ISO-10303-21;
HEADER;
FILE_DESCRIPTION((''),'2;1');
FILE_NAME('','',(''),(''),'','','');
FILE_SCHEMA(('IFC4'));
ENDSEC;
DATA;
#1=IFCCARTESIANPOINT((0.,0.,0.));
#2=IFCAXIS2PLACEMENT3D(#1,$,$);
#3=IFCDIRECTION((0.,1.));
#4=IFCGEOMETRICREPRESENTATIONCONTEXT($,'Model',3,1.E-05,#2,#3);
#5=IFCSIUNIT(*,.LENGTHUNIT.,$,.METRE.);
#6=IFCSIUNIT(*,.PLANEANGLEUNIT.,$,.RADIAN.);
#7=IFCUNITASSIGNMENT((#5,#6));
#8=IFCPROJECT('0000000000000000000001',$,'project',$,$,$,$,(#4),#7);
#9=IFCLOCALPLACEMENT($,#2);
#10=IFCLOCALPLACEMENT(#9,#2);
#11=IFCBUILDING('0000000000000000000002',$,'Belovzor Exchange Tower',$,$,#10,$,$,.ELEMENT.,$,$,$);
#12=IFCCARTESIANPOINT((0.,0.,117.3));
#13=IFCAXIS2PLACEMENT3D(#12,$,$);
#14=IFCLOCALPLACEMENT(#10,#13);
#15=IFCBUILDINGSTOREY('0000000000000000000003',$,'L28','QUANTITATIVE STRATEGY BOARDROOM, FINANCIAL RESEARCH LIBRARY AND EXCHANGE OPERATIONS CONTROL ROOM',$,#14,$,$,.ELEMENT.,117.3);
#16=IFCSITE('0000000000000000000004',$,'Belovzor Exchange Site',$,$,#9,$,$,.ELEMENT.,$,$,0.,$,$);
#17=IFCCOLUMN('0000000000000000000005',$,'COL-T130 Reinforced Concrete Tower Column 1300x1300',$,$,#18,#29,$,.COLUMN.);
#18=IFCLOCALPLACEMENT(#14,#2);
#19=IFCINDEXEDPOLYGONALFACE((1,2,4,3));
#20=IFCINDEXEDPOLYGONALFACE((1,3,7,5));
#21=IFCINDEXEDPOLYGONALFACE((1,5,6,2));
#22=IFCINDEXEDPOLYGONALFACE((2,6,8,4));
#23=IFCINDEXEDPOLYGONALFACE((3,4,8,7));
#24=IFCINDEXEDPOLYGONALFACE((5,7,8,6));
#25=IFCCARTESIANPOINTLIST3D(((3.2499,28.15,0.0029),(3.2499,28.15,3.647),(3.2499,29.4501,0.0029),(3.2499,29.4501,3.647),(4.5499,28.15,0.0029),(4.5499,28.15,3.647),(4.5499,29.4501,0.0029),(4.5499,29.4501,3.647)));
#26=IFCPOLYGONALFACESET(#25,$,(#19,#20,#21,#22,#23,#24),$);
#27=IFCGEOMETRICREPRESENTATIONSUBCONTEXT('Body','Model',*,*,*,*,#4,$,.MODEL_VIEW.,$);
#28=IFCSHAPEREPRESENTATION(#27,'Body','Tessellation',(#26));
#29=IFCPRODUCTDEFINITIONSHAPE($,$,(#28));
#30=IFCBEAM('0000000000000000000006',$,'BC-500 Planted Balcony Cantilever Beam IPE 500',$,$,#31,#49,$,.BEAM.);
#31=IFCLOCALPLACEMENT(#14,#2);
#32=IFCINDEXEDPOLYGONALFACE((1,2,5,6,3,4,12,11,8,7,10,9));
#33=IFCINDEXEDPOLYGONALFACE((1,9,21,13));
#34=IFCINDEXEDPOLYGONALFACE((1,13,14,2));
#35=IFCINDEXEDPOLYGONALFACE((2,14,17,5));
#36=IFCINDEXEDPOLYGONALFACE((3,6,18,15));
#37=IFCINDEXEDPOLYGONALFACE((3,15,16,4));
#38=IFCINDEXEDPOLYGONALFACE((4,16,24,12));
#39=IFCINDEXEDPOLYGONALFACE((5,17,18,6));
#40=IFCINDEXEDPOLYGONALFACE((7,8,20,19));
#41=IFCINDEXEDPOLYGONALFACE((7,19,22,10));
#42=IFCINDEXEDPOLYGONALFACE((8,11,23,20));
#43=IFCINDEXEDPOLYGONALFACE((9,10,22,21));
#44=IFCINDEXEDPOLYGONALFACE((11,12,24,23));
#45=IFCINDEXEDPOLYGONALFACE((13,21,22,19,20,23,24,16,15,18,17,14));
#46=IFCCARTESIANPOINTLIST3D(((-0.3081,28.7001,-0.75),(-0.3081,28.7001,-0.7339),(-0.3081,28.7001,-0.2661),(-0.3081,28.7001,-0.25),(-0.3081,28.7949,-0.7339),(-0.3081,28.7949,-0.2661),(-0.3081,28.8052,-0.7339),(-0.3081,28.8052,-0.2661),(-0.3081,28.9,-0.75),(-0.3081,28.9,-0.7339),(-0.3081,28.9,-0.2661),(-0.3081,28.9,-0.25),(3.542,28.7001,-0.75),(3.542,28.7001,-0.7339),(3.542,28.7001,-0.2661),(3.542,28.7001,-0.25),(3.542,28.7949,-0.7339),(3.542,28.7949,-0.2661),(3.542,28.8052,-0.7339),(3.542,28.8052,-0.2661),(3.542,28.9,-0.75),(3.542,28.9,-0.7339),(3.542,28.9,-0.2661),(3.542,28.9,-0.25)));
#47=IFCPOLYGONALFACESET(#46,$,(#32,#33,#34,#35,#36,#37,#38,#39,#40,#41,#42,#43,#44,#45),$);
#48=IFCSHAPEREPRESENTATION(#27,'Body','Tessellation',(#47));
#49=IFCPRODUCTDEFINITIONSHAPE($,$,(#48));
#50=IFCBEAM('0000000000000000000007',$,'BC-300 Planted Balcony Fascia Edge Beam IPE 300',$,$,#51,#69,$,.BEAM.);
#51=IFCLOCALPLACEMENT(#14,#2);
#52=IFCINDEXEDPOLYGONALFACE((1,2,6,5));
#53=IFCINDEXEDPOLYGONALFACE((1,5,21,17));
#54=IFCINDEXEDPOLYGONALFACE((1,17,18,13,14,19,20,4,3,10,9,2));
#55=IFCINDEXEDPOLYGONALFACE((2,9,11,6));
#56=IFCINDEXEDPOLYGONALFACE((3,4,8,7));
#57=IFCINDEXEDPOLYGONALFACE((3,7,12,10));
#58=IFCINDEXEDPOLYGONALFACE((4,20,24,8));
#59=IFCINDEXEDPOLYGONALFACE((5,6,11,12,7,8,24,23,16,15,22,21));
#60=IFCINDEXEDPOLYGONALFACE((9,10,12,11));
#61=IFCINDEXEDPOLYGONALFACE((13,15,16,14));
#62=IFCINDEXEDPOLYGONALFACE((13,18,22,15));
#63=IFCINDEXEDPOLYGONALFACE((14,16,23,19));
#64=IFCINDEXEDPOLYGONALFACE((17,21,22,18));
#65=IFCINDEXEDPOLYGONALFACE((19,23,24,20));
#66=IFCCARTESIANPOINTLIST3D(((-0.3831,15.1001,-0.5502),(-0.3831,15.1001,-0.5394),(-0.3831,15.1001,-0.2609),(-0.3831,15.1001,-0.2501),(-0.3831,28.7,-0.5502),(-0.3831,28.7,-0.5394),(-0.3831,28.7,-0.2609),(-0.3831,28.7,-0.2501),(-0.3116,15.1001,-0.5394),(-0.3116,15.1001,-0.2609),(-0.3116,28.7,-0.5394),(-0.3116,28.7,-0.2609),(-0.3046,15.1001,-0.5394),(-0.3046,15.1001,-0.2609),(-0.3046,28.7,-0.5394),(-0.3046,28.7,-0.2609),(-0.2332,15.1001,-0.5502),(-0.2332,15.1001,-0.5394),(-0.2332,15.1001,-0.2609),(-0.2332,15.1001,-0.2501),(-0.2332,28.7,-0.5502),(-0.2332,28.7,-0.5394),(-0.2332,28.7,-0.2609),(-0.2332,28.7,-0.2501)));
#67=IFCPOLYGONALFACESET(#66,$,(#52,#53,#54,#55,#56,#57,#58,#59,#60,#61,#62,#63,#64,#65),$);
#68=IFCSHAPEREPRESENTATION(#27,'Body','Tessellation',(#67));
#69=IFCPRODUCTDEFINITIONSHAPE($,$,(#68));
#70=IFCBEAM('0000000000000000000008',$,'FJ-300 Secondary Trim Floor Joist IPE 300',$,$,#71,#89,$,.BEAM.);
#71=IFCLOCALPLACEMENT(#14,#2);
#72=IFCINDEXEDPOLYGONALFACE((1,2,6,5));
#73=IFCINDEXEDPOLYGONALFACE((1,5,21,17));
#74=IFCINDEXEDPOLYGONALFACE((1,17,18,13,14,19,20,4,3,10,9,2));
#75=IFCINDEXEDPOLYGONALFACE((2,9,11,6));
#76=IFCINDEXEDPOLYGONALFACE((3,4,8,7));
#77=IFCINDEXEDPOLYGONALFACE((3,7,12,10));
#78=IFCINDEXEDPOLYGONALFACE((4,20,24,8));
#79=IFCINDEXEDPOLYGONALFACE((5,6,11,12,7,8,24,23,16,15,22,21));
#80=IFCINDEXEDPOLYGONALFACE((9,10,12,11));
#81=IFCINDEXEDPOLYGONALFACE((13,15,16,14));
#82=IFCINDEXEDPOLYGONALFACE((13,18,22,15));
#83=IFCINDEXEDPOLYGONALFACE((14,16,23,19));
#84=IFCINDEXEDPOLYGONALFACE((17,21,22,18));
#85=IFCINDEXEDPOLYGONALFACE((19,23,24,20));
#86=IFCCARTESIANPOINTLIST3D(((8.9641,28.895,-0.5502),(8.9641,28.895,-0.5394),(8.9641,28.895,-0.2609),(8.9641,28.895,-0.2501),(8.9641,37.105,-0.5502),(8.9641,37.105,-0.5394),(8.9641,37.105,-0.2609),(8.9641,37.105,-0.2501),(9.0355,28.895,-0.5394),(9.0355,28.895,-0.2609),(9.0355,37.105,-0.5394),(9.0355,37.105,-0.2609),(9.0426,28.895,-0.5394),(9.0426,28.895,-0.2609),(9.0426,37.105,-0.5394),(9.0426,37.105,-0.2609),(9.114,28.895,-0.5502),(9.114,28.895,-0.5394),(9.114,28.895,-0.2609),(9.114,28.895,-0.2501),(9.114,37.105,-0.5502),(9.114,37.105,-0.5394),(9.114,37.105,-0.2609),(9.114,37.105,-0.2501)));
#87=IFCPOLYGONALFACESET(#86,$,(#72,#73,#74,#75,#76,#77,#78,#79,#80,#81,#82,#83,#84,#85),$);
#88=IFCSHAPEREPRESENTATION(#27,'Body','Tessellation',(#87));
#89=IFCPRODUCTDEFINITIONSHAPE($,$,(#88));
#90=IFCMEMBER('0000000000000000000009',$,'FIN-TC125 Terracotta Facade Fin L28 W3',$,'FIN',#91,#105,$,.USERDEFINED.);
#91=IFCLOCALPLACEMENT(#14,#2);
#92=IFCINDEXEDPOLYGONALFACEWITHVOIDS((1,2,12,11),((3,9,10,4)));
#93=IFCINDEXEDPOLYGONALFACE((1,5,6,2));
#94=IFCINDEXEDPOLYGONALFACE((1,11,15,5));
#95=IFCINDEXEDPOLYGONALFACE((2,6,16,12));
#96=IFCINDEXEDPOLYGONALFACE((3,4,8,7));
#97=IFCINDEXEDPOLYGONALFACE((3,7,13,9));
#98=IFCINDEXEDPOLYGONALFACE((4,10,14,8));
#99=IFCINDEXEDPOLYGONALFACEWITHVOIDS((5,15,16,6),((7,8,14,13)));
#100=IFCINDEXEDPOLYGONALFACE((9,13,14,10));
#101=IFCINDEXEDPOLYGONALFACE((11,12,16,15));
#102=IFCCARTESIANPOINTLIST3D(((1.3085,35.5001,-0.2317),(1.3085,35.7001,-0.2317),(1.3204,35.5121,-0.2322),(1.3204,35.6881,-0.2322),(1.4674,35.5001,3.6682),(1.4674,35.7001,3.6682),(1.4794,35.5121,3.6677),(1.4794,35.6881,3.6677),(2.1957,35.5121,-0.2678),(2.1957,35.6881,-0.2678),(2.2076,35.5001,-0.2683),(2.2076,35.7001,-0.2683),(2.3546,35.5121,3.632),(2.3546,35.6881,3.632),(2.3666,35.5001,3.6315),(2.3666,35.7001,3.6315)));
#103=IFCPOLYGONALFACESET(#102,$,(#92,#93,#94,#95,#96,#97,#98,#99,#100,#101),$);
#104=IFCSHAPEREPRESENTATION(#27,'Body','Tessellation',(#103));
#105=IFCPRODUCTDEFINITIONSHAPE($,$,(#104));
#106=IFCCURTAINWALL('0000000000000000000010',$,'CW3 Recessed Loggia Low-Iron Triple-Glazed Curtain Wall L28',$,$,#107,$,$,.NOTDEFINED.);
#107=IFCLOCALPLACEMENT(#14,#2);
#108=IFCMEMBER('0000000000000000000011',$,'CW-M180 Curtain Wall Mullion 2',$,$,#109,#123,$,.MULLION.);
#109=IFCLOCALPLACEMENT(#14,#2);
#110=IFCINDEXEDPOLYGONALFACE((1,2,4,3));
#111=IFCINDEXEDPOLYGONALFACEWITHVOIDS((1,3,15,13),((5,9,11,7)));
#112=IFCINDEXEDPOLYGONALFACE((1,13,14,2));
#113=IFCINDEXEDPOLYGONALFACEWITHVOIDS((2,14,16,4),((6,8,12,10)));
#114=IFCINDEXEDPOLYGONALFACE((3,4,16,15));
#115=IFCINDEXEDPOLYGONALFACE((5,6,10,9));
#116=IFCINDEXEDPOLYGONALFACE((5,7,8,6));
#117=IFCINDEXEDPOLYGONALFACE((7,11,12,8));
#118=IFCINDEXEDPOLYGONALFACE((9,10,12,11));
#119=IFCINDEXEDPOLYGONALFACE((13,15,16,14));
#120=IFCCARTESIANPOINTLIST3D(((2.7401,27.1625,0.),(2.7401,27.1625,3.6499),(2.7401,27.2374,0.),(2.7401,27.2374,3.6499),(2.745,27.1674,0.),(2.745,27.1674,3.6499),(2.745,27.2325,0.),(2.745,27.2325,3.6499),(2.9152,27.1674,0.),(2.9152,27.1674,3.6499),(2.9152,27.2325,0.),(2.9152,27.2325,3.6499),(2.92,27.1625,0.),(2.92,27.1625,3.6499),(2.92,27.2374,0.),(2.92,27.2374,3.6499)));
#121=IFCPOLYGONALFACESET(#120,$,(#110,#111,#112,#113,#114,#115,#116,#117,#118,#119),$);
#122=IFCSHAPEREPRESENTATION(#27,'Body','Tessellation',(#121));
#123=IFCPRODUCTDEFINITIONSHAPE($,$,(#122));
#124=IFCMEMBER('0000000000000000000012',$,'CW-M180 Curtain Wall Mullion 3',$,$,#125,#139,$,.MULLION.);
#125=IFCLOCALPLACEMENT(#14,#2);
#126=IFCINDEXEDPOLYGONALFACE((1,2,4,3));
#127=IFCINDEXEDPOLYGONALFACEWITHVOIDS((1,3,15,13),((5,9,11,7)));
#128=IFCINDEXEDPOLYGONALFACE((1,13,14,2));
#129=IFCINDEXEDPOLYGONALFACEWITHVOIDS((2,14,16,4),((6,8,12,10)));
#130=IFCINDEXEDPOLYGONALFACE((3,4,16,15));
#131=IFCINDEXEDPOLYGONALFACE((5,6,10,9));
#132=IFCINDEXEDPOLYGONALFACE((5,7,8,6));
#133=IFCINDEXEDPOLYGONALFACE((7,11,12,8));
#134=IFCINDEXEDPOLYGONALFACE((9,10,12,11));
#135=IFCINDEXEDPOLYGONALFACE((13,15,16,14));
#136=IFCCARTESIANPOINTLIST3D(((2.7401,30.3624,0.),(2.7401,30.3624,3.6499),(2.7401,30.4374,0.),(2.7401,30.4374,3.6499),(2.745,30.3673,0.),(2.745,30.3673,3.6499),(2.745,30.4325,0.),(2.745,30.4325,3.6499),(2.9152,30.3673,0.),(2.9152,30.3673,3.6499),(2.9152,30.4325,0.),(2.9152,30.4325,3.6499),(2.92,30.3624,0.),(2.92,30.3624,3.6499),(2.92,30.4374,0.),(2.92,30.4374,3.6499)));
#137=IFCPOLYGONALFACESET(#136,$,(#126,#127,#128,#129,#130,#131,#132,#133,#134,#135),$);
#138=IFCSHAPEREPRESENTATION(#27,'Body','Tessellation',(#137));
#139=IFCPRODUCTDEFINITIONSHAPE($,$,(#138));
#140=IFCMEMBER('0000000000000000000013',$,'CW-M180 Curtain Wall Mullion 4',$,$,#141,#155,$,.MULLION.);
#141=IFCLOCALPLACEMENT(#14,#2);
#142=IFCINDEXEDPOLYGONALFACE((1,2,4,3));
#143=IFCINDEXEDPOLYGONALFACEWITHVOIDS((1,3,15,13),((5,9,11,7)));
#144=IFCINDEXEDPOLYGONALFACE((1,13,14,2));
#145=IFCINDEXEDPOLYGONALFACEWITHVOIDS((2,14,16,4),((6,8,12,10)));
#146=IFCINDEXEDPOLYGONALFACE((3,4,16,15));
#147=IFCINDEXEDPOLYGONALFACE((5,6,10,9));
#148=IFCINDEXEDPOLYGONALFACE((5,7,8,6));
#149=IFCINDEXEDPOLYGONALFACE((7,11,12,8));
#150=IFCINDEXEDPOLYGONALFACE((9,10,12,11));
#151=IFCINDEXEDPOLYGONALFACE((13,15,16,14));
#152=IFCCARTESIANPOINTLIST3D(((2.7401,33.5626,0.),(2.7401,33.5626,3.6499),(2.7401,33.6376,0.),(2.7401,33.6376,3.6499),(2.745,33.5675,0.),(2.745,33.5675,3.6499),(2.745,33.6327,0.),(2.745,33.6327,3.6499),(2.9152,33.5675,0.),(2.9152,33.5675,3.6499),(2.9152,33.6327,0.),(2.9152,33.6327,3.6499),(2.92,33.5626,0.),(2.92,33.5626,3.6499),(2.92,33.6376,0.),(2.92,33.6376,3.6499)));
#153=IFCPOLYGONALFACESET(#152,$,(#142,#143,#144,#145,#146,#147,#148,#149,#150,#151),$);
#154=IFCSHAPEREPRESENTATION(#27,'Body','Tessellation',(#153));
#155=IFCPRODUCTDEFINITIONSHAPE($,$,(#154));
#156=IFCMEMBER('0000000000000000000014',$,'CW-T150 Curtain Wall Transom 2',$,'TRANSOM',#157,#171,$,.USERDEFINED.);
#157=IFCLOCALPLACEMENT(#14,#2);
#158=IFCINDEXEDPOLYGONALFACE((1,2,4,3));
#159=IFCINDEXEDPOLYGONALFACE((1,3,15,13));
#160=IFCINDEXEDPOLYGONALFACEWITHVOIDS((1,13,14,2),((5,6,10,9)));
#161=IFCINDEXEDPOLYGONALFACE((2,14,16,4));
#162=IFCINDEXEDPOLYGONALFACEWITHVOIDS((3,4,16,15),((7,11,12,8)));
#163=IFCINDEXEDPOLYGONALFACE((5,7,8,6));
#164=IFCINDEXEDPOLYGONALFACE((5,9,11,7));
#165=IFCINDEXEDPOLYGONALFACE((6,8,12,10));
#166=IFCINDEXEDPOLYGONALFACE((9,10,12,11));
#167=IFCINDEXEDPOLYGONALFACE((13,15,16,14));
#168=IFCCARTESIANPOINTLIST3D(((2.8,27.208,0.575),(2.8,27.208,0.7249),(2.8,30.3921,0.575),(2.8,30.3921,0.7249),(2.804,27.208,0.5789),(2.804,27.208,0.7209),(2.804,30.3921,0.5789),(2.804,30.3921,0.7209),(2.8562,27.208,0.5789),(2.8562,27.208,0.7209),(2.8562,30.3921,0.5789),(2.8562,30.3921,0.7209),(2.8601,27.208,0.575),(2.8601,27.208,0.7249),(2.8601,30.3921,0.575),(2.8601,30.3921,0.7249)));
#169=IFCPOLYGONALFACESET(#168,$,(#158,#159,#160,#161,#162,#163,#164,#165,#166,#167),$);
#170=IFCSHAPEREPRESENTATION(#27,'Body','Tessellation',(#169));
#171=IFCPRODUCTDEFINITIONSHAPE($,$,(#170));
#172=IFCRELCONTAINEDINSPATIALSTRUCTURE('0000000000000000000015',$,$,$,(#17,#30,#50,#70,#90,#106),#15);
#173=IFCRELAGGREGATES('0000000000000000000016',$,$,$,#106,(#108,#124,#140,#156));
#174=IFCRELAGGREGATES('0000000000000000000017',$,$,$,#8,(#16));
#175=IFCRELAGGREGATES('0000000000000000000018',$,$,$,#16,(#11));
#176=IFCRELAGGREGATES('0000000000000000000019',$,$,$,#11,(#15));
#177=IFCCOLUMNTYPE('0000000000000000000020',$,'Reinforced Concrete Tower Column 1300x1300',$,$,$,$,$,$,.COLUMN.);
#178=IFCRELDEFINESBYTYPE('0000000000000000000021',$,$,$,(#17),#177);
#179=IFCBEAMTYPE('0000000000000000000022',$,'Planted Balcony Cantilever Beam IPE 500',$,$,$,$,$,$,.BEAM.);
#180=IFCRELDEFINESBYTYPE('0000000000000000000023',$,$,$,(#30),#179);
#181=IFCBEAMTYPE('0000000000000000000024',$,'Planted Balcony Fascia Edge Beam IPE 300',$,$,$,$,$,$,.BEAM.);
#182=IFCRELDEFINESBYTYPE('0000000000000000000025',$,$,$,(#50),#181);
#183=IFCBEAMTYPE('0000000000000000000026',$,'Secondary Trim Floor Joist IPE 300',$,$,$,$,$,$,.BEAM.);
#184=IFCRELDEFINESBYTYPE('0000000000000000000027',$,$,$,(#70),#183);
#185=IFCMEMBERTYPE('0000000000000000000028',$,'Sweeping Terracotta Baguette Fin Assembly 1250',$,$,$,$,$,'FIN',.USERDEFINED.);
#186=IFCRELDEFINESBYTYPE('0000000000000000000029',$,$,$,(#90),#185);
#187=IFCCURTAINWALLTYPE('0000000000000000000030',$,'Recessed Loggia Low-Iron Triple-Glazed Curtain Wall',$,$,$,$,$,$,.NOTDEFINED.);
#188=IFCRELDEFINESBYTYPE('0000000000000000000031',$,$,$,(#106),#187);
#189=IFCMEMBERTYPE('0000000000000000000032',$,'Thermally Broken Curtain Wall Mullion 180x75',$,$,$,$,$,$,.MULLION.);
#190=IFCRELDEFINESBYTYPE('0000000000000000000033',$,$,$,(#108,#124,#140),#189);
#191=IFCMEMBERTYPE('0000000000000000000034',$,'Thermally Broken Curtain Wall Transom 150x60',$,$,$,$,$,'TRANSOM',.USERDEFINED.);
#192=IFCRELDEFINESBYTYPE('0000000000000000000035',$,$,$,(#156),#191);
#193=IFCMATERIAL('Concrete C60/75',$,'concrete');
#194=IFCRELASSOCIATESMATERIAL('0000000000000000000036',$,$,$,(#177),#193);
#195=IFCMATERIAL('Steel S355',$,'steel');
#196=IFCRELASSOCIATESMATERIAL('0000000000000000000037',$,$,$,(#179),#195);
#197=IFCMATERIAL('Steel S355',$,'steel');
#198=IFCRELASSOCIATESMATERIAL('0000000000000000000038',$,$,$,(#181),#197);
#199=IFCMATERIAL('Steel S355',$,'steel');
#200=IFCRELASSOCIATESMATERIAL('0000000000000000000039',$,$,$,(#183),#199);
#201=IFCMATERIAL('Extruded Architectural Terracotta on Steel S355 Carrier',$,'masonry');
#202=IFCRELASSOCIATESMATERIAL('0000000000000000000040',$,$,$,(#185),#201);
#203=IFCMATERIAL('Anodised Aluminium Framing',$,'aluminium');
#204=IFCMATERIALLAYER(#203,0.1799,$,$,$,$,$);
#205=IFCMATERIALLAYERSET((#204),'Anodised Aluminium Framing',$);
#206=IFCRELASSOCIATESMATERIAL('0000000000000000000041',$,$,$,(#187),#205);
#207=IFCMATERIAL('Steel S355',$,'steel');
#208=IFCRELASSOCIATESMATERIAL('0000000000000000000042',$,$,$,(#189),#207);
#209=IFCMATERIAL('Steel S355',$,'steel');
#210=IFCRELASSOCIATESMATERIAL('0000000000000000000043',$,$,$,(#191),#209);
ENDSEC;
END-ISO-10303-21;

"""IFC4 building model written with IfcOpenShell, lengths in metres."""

from ifc_helpers import new_model, si_unit, direction, frame, origin, origin_2d, place, context, subcontext, project, spatial, rectangle, hollow_rectangle, i_section, extrude, material, layer, layer_set, material_profile, profile_set, type_object, element, aggregate, save


model = new_model("IFC4")

# Units and contexts
model_context = context("Model", 3, precision=1e-05, world=origin(), true_north=direction((0.0, 1.0)))
body_context = subcontext(model_context, "Body", "Model", "MODEL_VIEW")
ifc_project = project(units=[si_unit("LENGTHUNIT", "METRE"), si_unit("PLANEANGLEUNIT", "RADIAN")], contexts=[model_context])

# Site, building, storey
site_placement = place(None, origin())
site = spatial("IfcSite", under=ifc_project, at=site_placement, Name="Belovzor Exchange Site", CompositionType="ELEMENT", RefElevation=0.0)
building_placement = place(site_placement, origin())
building = spatial("IfcBuilding", under=site, at=building_placement, Name="Belovzor Exchange Tower", CompositionType="ELEMENT")
storey_placement = place(building_placement, frame((0.0, 0.0, 117.3)))
storey = spatial("IfcBuildingStorey", under=building, at=storey_placement, Name="L28", Description="QUANTITATIVE STRATEGY BOARDROOM, FINANCIAL RESEARCH LIBRARY AND EXCHANGE OPERATIONS CONTROL ROOM", CompositionType="ELEMENT", Elevation=117.3)

# Column
ifc_material_1 = material(Name="Concrete C60/75", Category="concrete")
ifc_material_profile_1 = material_profile(ifc_material_1, rectangle(XDim=1.3, YDim=1.3, at=origin_2d()))
ifc_profile_set_1 = profile_set([ifc_material_profile_1], Name="Concrete C60/75")
column_type = type_object("IfcColumnType", Name="Reinforced Concrete Tower Column 1300x1300", PredefinedType="COLUMN", material=ifc_profile_set_1)
column_placement = place(storey_placement, frame((3.8999, 28.8, 0.0029), z_axis=(0.0, 0.0, 1.0), x_axis=(1.0, 0.0, 0.0)))
element("IfcColumn", 1, at=column_placement, inside=storey, type_object=column_type, Name="COL-T130 Reinforced Concrete Tower Column 1300x1300", PredefinedType="COLUMN", context=body_context, shape_type="SweptSolid", body=[
    extrude(rectangle(XDim=1.3, YDim=1.3, at=origin_2d()), origin(), (0.0, 0.0, 1.0), 3.644),
])

# Beams
ifc_material_2 = material(Name="Steel S355", Category="steel")
ifc_material_profile_2 = material_profile(ifc_material_2, i_section(OverallWidth=0.2, OverallDepth=0.5, WebThickness=0.0103, FlangeThickness=0.0161, at=origin_2d()))
ifc_profile_set_2 = profile_set([ifc_material_profile_2], Name="Steel S355")
beam_type_1 = type_object("IfcBeamType", Name="Planted Balcony Cantilever Beam IPE 500", PredefinedType="BEAM", material=ifc_profile_set_2)
beam_1_placement = place(storey_placement, frame((3.542, 28.8, -0.5), z_axis=(-1.0, 0.0, 0.0), x_axis=(0.0, -1.0, 0.0)))
element("IfcBeam", 2, at=beam_1_placement, inside=storey, type_object=beam_type_1, Name="BC-500 Planted Balcony Cantilever Beam IPE 500", PredefinedType="BEAM", context=body_context, shape_type="SweptSolid", body=[
    extrude(i_section(OverallWidth=0.2, OverallDepth=0.5, WebThickness=0.0103, FlangeThickness=0.0161, at=origin_2d()), origin(), (0.0, 0.0, 1.0), 3.8501),
])
ifc_material_3 = material(Name="Steel S355", Category="steel")
ifc_material_profile_3 = material_profile(ifc_material_3, i_section(OverallWidth=0.1499, OverallDepth=0.3, WebThickness=0.0071, FlangeThickness=0.0107, at=origin_2d()))
ifc_profile_set_3 = profile_set([ifc_material_profile_3], Name="Steel S355")
beam_type_2 = type_object("IfcBeamType", Name="Planted Balcony Fascia Edge Beam IPE 300", PredefinedType="BEAM", material=ifc_profile_set_3)
beam_2_placement = place(storey_placement, frame((-0.3081, 28.7, -0.4001), z_axis=(0.0, -1.0, 0.0), x_axis=(1.0, 0.0, 0.0)))
element("IfcBeam", 3, at=beam_2_placement, inside=storey, type_object=beam_type_2, Name="BC-300 Planted Balcony Fascia Edge Beam IPE 300", PredefinedType="BEAM", context=body_context, shape_type="SweptSolid", body=[
    extrude(i_section(OverallWidth=0.1499, OverallDepth=0.3, WebThickness=0.0071, FlangeThickness=0.0107, at=origin_2d()), origin(), (0.0, 0.0, 1.0), 13.5999),
])
ifc_material_4 = material(Name="Steel S355", Category="steel")
ifc_material_profile_4 = material_profile(ifc_material_4, i_section(OverallWidth=0.1499, OverallDepth=0.3, WebThickness=0.0071, FlangeThickness=0.0107, at=origin_2d()))
ifc_profile_set_4 = profile_set([ifc_material_profile_4], Name="Steel S355")
beam_type_3 = type_object("IfcBeamType", Name="Secondary Trim Floor Joist IPE 300", PredefinedType="BEAM", material=ifc_profile_set_4)
beam_3_placement = place(storey_placement, frame((9.0391, 28.895, -0.4001), z_axis=(0.0, 1.0, 0.0), x_axis=(-1.0, 0.0, 0.0)))
element("IfcBeam", 4, at=beam_3_placement, inside=storey, type_object=beam_type_3, Name="FJ-300 Secondary Trim Floor Joist IPE 300", PredefinedType="BEAM", context=body_context, shape_type="SweptSolid", body=[
    extrude(i_section(OverallWidth=0.1499, OverallDepth=0.3, WebThickness=0.0071, FlangeThickness=0.0107, at=origin_2d()), origin(), (0.0, 0.0, 1.0), 8.21),
])

# Member
ifc_material_5 = material(Name="Extruded Architectural Terracotta on Steel S355 Carrier", Category="masonry")
ifc_material_profile_5 = material_profile(ifc_material_5, hollow_rectangle(XDim=0.2, YDim=0.8999, WallThickness=0.012, at=origin_2d()))
ifc_profile_set_5 = profile_set([ifc_material_profile_5], Name="Extruded Architectural Terracotta on Steel S355 Carrier")
member_type_1 = type_object("IfcMemberType", Name="Sweeping Terracotta Baguette Fin Assembly 1250", ElementType="FIN", PredefinedType="USERDEFINED", material=ifc_profile_set_5)
member_1_placement = place(storey_placement, frame((1.7581, 35.6001, -0.25), z_axis=(0.04072, 0.0, 0.999171), x_axis=(0.0, 1.0, 0.0)))
element("IfcMember", 5, at=member_1_placement, inside=storey, type_object=member_type_1, Name="FIN-TC125 Terracotta Facade Fin L28 W3", ObjectType="FIN", PredefinedType="USERDEFINED", context=body_context, shape_type="SweptSolid", body=[
    extrude(hollow_rectangle(XDim=0.2, YDim=0.8999, WallThickness=0.012, at=origin_2d()), origin(), (0.0, 0.0, 1.0), 3.9031),
])

# Curtain wall, members
ifc_material_6 = material(Name="Anodised Aluminium Framing", Category="aluminium")
ifc_layer_1 = layer(ifc_material_6, 0.1799)
ifc_layer_set_1 = layer_set([ifc_layer_1], Name="Anodised Aluminium Framing")
curtain_wall_type = type_object("IfcCurtainWallType", Name="Recessed Loggia Low-Iron Triple-Glazed Curtain Wall", PredefinedType="NOTDEFINED", material=ifc_layer_set_1)
curtain_wall_placement = place(storey_placement, origin())
curtain_wall = element("IfcCurtainWall", 6, at=curtain_wall_placement, inside=storey, type_object=curtain_wall_type, Name="CW3 Recessed Loggia Low-Iron Triple-Glazed Curtain Wall L28", PredefinedType="NOTDEFINED")
ifc_material_7 = material(Name="Steel S355", Category="steel")
ifc_material_profile_6 = material_profile(ifc_material_7, hollow_rectangle(XDim=0.075, YDim=0.1799, WallThickness=0.0049, at=origin_2d()))
ifc_profile_set_6 = profile_set([ifc_material_profile_6], Name="Steel S355")
member_type_2 = type_object("IfcMemberType", Name="Thermally Broken Curtain Wall Mullion 180x75", PredefinedType="MULLION", material=ifc_profile_set_6)
member_2_placement = place(storey_placement, frame((2.8301, 27.2, 0.0), z_axis=(0.0, 0.0, 1.0), x_axis=(0.0, 1.0, 0.0)))
member_2 = element("IfcMember", 7, at=member_2_placement, type_object=member_type_2, Name="CW-M180 Curtain Wall Mullion 2", PredefinedType="MULLION", context=body_context, shape_type="SweptSolid", body=[
    extrude(hollow_rectangle(XDim=0.075, YDim=0.1799, WallThickness=0.0049, at=origin_2d()), origin(), (0.0, 0.0, 1.0), 3.6499),
])
member_3_placement = place(storey_placement, frame((2.8301, 30.3999, 0.0), z_axis=(0.0, 0.0, 1.0), x_axis=(0.0, 1.0, 0.0)))
member_3 = element("IfcMember", 8, at=member_3_placement, type_object=member_type_2, Name="CW-M180 Curtain Wall Mullion 3", PredefinedType="MULLION", context=body_context, shape_type="SweptSolid", body=[
    extrude(hollow_rectangle(XDim=0.075, YDim=0.1799, WallThickness=0.0049, at=origin_2d()), origin(), (0.0, 0.0, 1.0), 3.6499),
])
member_4_placement = place(storey_placement, frame((2.8301, 33.6001, 0.0), z_axis=(0.0, 0.0, 1.0), x_axis=(0.0, 1.0, 0.0)))
member_4 = element("IfcMember", 9, at=member_4_placement, type_object=member_type_2, Name="CW-M180 Curtain Wall Mullion 4", PredefinedType="MULLION", context=body_context, shape_type="SweptSolid", body=[
    extrude(hollow_rectangle(XDim=0.075, YDim=0.1799, WallThickness=0.0049, at=origin_2d()), origin(), (0.0, 0.0, 1.0), 3.6499),
])
ifc_material_8 = material(Name="Steel S355", Category="steel")
ifc_material_profile_7 = material_profile(ifc_material_8, hollow_rectangle(XDim=0.0601, YDim=0.1499, WallThickness=0.0039, at=origin_2d()))
ifc_profile_set_7 = profile_set([ifc_material_profile_7], Name="Steel S355")
member_type_3 = type_object("IfcMemberType", Name="Thermally Broken Curtain Wall Transom 150x60", ElementType="TRANSOM", PredefinedType="USERDEFINED", material=ifc_profile_set_7)
member_5_placement = place(storey_placement, frame((2.8301, 27.208, 0.6499), z_axis=(0.0, 1.0, 0.0), x_axis=(-1.0, 0.0, 0.0)))
member_5 = element("IfcMember", 10, at=member_5_placement, type_object=member_type_3, Name="CW-T150 Curtain Wall Transom 2", ObjectType="TRANSOM", PredefinedType="USERDEFINED", context=body_context, shape_type="SweptSolid", body=[
    extrude(hollow_rectangle(XDim=0.0601, YDim=0.1499, WallThickness=0.0039, at=origin_2d()), origin(), (0.0, 0.0, 1.0), 3.1841),
])

aggregate(curtain_wall, [member_2, member_3, member_4, member_5])

save(model, "model.ifc")
